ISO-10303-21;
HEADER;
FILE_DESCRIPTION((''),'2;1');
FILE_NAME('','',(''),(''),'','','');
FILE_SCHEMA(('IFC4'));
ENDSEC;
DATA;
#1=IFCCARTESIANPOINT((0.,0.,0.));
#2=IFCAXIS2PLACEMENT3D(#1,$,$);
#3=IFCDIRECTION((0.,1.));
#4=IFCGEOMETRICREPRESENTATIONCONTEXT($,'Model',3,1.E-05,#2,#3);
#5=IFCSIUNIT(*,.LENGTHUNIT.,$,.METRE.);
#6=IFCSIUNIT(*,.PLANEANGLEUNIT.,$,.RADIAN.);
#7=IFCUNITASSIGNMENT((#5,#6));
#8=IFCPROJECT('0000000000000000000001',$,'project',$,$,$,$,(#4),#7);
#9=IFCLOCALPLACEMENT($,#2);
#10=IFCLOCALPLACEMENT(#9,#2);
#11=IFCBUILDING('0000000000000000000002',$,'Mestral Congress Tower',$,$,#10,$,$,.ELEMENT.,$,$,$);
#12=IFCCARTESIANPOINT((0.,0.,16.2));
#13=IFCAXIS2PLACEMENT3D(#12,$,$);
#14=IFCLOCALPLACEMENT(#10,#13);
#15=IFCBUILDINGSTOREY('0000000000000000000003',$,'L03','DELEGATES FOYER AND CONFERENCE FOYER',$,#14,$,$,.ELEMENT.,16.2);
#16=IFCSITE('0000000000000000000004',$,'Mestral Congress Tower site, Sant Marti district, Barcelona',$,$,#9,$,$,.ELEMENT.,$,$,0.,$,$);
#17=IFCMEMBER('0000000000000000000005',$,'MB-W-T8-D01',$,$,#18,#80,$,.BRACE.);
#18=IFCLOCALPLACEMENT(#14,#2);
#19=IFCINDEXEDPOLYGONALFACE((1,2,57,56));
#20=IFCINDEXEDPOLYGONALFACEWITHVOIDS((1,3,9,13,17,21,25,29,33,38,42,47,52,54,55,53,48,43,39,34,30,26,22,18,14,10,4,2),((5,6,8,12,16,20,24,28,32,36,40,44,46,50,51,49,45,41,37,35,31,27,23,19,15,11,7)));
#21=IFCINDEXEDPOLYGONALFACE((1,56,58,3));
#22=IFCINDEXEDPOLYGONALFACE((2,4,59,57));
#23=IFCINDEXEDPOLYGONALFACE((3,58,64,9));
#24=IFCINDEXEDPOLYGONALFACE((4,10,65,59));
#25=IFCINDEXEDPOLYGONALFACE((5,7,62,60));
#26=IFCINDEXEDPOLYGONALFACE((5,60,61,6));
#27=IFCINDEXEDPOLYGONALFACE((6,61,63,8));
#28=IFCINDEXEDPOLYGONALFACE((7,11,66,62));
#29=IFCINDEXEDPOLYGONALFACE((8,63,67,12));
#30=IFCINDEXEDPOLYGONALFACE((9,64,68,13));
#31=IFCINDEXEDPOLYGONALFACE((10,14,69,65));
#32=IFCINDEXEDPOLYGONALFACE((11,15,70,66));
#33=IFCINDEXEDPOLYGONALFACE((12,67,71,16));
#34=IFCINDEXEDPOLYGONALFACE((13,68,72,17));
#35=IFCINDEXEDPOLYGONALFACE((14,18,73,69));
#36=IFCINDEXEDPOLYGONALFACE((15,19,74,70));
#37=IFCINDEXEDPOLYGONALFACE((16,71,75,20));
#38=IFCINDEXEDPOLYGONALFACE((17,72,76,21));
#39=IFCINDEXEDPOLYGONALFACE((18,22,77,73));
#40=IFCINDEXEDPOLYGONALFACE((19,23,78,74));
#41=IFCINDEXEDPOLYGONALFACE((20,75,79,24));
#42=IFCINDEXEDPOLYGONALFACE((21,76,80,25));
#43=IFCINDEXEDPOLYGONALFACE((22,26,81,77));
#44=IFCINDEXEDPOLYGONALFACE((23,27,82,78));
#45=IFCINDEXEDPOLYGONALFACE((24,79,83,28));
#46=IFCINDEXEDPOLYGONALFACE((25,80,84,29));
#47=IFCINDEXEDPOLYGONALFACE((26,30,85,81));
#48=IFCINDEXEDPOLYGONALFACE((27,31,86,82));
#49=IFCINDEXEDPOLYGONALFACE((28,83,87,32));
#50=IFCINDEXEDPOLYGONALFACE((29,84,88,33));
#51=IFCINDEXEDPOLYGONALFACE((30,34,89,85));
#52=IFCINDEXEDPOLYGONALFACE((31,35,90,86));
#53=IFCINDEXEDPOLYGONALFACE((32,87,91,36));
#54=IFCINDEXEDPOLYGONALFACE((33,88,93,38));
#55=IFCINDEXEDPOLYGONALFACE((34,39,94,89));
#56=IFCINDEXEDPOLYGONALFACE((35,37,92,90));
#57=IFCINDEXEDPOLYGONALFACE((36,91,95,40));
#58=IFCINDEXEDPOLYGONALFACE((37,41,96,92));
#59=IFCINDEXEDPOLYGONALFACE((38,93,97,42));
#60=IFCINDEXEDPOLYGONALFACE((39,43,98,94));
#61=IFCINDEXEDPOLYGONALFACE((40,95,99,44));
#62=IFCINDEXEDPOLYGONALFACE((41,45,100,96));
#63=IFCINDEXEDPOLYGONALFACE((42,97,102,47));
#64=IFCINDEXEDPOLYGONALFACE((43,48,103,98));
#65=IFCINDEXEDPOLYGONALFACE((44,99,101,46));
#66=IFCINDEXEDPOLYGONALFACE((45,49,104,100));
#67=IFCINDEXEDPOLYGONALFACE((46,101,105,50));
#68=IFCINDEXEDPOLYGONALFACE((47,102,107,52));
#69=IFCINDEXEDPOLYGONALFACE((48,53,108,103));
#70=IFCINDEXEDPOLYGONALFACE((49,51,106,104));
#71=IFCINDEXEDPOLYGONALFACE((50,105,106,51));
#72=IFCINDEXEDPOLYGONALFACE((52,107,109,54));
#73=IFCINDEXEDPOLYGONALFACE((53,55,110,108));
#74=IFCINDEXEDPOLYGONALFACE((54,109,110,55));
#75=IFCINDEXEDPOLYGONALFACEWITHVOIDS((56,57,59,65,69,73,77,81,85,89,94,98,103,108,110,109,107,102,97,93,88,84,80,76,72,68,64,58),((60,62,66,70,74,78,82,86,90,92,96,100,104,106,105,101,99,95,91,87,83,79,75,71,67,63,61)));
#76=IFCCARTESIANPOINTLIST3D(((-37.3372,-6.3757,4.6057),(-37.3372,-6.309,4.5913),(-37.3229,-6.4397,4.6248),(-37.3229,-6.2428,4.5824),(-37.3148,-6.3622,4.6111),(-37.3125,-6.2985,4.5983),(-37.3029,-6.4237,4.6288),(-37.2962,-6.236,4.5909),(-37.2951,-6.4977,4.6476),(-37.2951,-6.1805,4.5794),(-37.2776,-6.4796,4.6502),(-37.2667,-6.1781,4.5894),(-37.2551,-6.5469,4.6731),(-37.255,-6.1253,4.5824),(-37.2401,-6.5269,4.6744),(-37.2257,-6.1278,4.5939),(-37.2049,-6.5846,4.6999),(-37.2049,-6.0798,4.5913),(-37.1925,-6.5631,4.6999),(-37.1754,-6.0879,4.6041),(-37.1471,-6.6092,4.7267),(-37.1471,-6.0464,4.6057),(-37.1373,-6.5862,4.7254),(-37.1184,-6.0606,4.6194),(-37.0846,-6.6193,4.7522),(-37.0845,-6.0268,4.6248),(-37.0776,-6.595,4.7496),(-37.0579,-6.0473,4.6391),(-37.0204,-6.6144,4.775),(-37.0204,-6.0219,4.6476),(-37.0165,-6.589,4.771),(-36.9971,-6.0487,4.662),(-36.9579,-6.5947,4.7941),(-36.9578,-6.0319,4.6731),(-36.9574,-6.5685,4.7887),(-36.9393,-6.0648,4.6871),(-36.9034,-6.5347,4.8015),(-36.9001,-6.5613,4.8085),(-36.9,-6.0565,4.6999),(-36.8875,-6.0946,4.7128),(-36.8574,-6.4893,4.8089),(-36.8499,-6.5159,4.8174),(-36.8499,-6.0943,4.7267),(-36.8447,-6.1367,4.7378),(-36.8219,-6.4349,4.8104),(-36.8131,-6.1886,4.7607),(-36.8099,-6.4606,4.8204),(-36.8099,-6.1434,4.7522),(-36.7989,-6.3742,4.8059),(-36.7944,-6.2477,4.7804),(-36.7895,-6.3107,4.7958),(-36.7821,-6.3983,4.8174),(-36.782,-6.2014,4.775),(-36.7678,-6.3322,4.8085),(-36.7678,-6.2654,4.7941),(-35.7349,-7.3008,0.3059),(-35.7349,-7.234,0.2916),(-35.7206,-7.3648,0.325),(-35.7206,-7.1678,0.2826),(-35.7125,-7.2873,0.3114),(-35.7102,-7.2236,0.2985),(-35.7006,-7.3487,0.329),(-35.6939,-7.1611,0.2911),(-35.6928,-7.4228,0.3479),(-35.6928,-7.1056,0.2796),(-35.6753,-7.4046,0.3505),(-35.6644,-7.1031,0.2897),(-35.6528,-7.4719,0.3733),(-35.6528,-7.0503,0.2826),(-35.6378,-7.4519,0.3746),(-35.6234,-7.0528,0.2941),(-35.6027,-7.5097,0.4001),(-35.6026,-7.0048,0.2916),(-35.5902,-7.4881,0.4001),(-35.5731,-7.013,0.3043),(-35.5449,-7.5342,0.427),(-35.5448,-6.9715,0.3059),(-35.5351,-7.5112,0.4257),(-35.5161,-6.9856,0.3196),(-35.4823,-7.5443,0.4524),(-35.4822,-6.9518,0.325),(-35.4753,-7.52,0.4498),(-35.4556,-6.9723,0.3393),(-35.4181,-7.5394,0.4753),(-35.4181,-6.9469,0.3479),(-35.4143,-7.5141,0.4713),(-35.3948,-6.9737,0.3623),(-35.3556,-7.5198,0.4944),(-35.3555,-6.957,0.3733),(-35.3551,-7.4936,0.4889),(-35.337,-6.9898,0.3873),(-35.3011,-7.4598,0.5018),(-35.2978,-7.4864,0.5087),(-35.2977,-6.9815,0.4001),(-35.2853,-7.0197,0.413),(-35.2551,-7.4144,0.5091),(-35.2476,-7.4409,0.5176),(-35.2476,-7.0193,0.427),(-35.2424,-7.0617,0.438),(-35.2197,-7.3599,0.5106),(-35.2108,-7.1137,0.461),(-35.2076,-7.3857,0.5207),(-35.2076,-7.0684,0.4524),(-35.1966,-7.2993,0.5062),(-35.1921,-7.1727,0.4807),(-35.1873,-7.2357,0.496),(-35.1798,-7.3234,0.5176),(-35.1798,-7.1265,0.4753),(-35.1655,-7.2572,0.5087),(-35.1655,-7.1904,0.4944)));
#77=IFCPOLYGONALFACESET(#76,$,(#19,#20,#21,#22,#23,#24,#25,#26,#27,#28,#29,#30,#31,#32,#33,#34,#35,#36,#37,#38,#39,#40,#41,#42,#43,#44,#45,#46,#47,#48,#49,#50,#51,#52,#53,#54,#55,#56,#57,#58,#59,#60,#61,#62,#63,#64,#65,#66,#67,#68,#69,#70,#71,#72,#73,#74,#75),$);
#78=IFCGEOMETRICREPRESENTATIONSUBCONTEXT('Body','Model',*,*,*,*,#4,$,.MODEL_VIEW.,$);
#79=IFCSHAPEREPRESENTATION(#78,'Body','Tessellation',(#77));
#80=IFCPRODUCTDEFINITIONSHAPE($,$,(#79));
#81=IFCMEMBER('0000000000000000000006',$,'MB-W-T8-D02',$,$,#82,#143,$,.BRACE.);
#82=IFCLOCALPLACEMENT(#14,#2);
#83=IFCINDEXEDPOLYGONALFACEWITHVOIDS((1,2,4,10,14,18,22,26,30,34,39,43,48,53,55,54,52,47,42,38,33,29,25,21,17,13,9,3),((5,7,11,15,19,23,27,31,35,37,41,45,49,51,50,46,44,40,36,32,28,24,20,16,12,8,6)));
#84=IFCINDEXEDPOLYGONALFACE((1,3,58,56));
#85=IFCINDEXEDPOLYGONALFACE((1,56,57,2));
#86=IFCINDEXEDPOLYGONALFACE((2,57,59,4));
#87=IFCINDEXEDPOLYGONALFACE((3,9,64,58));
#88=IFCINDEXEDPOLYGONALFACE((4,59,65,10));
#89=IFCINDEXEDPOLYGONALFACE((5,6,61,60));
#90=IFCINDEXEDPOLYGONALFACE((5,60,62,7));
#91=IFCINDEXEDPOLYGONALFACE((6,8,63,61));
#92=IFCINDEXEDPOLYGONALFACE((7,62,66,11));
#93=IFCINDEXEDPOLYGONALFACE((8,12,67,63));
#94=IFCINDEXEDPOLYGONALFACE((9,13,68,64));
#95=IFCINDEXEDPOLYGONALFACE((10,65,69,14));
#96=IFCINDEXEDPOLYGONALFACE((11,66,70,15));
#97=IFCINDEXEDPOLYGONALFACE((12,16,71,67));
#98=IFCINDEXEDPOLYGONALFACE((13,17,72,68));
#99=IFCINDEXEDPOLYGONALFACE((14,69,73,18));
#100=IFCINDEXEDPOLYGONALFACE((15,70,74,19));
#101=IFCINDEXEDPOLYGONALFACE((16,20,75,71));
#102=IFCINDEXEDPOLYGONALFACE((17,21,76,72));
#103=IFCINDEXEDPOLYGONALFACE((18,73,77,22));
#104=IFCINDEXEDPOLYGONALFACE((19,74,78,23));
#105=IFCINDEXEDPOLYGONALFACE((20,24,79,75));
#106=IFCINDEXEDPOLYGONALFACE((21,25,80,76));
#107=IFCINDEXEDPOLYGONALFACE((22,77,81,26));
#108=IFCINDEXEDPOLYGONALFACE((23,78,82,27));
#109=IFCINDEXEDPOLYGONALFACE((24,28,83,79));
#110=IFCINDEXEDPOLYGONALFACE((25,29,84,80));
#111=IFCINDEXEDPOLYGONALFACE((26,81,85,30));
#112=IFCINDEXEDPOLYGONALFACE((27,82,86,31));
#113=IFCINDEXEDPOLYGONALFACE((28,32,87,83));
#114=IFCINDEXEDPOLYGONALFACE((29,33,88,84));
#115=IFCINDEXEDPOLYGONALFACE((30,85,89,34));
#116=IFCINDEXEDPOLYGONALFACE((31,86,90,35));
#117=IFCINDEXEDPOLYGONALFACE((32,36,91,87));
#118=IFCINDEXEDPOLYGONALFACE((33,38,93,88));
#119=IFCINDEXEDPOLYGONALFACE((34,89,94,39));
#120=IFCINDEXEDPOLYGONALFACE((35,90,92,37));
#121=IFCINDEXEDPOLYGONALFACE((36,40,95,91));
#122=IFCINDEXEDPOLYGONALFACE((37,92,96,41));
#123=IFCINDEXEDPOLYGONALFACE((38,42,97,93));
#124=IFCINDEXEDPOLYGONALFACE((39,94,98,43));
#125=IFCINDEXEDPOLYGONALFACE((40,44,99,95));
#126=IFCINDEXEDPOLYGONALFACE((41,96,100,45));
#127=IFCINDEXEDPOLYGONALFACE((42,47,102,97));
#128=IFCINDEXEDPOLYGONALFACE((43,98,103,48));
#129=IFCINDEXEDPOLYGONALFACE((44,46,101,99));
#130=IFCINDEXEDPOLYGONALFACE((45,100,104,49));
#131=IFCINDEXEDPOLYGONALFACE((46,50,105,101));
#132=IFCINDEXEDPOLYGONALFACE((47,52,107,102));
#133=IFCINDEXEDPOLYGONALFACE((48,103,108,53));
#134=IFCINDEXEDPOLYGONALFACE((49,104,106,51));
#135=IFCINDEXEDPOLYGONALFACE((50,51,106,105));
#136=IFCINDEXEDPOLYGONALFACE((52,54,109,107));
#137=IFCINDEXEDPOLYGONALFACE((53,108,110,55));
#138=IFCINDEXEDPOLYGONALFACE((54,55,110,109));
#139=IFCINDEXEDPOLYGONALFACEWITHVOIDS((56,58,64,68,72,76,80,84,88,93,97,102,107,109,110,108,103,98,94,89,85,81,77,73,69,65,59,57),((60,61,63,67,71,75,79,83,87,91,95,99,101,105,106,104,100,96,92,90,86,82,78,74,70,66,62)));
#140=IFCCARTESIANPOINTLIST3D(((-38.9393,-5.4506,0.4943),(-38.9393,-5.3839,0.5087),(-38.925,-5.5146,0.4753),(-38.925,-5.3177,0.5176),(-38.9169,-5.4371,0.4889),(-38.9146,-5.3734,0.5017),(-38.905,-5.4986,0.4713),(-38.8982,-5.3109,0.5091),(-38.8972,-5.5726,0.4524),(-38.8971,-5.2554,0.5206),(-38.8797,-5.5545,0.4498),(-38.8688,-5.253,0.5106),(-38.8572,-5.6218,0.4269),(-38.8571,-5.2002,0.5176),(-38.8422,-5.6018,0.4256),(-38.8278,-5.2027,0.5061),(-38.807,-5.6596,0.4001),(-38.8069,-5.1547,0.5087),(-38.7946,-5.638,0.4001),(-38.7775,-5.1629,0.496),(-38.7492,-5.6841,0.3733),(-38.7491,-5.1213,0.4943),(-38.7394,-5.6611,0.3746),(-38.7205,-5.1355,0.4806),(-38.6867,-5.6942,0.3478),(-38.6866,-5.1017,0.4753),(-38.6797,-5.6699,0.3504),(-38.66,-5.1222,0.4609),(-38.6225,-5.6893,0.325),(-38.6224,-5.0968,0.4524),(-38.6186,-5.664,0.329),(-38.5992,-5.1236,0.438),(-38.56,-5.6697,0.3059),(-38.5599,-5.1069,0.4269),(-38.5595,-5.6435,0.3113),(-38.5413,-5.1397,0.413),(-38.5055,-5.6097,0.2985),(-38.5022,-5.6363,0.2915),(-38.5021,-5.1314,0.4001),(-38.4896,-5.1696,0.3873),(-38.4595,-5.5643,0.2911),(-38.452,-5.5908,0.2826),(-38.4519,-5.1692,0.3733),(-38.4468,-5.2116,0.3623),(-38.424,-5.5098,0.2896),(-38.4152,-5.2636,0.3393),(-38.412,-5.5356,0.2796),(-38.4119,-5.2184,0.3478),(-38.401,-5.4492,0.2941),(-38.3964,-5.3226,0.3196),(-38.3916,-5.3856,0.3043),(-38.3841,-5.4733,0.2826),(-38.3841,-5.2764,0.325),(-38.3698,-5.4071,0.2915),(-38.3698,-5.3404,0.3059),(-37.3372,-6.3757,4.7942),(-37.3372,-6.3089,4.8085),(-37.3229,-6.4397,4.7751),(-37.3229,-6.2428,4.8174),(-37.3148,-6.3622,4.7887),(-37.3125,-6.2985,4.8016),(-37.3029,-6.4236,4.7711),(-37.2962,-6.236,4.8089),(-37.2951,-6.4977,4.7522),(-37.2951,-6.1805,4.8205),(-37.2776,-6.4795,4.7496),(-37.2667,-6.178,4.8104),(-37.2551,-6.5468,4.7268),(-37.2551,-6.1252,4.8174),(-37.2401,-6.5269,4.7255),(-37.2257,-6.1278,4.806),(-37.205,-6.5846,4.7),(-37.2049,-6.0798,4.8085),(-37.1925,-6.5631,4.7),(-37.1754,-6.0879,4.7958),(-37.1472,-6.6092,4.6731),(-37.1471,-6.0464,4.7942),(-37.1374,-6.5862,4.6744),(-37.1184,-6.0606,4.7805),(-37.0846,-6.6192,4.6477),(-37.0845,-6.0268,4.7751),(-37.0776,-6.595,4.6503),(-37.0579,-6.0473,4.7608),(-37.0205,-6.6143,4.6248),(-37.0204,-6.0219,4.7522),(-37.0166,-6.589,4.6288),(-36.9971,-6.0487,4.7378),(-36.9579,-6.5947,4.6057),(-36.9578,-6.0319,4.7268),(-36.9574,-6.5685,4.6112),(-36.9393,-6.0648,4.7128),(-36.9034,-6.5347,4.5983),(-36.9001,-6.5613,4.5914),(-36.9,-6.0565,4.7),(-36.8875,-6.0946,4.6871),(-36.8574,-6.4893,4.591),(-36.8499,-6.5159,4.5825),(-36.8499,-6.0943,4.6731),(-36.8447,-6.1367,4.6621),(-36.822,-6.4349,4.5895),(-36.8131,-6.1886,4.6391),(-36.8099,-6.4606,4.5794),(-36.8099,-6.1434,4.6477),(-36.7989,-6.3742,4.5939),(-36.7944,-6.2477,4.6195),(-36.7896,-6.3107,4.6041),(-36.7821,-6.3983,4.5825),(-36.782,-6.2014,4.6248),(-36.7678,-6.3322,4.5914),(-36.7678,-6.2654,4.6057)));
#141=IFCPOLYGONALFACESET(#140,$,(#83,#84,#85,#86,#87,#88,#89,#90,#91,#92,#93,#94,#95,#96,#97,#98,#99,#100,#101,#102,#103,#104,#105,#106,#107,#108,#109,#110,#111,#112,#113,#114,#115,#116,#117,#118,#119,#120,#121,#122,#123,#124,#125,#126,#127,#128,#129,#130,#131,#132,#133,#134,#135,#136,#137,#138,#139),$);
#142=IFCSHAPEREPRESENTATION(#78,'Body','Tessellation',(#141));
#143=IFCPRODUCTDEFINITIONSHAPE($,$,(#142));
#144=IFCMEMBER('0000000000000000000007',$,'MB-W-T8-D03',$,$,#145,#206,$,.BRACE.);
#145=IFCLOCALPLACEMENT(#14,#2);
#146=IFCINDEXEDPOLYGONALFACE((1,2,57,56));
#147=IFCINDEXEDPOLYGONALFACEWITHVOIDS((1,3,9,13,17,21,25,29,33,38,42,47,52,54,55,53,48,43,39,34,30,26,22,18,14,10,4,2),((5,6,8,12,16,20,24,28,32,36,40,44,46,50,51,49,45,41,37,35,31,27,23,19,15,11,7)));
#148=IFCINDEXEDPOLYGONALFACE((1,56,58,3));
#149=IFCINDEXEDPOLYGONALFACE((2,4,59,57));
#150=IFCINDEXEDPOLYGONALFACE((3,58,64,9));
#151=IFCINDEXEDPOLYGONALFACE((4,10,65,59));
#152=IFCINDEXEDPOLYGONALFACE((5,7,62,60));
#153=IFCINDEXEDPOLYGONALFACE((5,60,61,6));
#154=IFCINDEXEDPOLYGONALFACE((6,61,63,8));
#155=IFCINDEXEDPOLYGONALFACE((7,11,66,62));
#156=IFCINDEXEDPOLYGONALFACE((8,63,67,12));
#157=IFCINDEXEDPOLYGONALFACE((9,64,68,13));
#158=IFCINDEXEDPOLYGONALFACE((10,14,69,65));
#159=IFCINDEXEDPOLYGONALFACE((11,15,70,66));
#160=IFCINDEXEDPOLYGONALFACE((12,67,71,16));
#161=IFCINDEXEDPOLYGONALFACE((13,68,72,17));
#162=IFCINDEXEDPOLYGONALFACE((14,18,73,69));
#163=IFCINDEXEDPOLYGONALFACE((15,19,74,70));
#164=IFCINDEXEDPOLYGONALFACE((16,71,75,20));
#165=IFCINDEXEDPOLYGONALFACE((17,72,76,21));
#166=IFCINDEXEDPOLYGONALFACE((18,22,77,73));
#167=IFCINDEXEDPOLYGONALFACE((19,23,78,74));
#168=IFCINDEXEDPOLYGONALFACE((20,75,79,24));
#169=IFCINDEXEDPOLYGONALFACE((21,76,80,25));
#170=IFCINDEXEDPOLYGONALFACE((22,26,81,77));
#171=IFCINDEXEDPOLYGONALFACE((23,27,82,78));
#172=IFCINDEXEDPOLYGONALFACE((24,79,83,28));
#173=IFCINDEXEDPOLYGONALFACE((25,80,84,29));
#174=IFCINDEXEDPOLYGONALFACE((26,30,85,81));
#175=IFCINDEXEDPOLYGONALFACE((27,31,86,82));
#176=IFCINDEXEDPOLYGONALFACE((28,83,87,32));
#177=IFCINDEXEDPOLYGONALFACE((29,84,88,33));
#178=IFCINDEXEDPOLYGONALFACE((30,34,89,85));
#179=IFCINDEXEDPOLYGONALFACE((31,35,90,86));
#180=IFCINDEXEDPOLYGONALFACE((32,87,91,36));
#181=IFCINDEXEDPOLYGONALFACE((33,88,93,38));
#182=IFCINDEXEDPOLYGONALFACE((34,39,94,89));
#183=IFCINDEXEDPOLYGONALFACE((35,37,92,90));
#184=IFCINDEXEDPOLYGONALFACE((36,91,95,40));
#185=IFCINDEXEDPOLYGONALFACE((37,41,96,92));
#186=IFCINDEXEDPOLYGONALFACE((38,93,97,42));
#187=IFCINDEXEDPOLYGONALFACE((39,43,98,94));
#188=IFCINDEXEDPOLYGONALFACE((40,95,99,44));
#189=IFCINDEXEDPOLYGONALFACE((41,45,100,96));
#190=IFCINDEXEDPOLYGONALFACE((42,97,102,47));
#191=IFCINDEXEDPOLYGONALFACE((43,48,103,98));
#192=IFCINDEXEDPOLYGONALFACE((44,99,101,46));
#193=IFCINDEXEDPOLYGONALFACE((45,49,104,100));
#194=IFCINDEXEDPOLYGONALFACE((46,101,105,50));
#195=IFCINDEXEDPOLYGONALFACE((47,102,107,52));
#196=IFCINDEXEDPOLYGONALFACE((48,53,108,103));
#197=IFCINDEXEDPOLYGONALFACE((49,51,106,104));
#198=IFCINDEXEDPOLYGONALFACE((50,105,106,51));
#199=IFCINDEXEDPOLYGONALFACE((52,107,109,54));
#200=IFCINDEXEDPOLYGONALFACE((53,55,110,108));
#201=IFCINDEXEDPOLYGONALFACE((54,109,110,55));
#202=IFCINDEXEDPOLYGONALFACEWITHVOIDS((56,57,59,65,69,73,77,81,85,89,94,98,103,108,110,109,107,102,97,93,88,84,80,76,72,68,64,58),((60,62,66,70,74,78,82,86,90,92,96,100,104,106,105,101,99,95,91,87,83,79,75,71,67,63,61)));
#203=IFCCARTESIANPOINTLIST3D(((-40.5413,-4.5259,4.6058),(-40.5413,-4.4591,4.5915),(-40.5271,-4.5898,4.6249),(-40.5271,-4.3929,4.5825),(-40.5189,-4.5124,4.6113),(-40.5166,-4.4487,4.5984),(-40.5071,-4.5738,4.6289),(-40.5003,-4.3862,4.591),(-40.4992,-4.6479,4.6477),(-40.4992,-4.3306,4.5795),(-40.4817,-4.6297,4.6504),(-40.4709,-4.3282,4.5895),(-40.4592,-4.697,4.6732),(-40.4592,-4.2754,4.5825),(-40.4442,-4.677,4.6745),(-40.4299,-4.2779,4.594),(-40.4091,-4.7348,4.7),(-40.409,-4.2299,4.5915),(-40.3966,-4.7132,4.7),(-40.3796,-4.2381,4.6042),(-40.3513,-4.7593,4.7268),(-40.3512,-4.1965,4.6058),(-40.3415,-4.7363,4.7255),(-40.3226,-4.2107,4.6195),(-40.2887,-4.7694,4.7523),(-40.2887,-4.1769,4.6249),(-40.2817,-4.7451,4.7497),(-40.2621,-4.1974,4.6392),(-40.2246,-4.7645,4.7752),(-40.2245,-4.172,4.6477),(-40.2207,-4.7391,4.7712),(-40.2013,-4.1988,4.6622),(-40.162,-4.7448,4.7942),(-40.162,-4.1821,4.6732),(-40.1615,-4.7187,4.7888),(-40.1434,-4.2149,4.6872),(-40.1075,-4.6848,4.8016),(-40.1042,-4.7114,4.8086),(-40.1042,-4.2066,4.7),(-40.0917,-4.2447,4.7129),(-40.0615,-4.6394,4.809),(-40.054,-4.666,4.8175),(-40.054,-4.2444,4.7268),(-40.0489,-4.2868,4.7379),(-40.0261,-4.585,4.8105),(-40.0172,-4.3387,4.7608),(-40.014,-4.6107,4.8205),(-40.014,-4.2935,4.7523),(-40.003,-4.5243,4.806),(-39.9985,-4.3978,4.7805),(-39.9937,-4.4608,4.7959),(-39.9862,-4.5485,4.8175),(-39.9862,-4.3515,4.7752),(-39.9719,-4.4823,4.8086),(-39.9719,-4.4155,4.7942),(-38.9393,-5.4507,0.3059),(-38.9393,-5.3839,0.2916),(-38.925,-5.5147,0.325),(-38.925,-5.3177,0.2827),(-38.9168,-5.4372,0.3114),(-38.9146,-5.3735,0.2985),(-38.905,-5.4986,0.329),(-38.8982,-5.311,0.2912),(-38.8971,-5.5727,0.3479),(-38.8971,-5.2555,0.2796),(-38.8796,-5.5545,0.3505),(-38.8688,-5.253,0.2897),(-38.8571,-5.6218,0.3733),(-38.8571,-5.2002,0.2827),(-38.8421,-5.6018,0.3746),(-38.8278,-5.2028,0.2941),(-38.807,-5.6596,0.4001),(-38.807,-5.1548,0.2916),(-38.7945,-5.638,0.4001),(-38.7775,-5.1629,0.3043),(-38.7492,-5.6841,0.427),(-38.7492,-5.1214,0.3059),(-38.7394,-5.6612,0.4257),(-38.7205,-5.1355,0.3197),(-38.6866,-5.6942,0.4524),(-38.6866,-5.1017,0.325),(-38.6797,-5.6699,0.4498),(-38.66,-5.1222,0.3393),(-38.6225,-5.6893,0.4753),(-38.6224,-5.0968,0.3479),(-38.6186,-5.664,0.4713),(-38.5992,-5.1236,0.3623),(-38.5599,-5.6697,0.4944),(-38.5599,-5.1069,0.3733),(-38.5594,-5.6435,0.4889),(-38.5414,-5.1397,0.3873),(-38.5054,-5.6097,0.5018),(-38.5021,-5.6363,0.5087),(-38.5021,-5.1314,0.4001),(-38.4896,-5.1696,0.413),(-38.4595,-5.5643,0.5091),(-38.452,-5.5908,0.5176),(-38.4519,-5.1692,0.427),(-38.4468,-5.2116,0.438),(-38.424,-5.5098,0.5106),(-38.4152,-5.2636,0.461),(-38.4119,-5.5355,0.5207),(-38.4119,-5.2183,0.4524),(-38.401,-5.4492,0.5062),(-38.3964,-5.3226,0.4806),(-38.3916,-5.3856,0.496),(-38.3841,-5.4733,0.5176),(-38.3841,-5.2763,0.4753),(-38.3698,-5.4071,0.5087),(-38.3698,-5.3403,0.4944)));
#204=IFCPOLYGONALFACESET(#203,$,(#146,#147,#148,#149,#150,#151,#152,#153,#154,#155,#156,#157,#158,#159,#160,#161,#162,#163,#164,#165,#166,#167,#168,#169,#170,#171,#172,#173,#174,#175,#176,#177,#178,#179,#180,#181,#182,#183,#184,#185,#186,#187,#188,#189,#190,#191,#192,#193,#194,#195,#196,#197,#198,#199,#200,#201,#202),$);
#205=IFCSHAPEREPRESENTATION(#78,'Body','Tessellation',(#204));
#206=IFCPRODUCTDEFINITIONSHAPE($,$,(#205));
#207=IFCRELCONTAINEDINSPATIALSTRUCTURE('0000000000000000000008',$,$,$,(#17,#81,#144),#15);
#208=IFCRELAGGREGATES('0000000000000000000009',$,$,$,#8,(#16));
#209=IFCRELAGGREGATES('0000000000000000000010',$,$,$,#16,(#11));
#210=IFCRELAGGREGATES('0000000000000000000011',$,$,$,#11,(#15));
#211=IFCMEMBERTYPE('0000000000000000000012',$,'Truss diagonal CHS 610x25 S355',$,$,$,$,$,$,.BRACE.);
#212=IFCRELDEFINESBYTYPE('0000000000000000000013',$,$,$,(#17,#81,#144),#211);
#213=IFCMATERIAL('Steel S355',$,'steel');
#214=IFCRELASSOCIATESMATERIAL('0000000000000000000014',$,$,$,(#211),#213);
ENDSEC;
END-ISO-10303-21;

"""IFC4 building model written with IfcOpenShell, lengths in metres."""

from ifc_helpers import new_model, si_unit, direction, frame, origin, origin_2d, place, context, subcontext, project, spatial, hollow_circle, extrude, material, material_profile, profile_set, type_object, element, save


model = new_model("IFC4")

# Units and contexts
model_context = context("Model", 3, precision=1e-05, world=origin(), true_north=direction((0.0, 1.0)))
body_context = subcontext(model_context, "Body", "Model", "MODEL_VIEW")
ifc_project = project(units=[si_unit("LENGTHUNIT", "METRE"), si_unit("PLANEANGLEUNIT", "RADIAN")], contexts=[model_context])

# Site, building, storey
site_placement = place(None, origin())
site = spatial("IfcSite", under=ifc_project, at=site_placement, Name="Mestral Congress Tower site, Sant Marti district, Barcelona", CompositionType="ELEMENT", RefElevation=0.0)
building_placement = place(site_placement, origin())
building = spatial("IfcBuilding", under=site, at=building_placement, Name="Mestral Congress Tower", CompositionType="ELEMENT")
storey_placement = place(building_placement, frame((0.0, 0.0, 16.2)))
storey = spatial("IfcBuildingStorey", under=building, at=storey_placement, Name="L03", Description="DELEGATES FOYER AND CONFERENCE FOYER", CompositionType="ELEMENT", Elevation=16.2)

# Shared definitions
ifc_material_1 = material(Name="Steel S355", Category="steel")

# Members
ifc_material_profile_1 = material_profile(ifc_material_1, hollow_circle(Radius=0.3049, WallThickness=0.0249, at=origin_2d()), Name="CHS 610x25")
ifc_profile_set_1 = profile_set([ifc_material_profile_1], Name="Steel S355")
member_type_1 = type_object("IfcMemberType", Name="Truss diagonal CHS 610x25 S355", PredefinedType="BRACE", material=ifc_profile_set_1)
for number, where, z_axis, x_axis, name in (
    (1, (-35.4502, -7.2456, 0.4001), (-0.342301, 0.197619, 0.918573), (-0.499985, -0.866034, 0.0), "MB-W-T8-D01"),
    (2, (-37.0525, -6.3206, 4.7), (-0.342254, 0.197623, -0.91859), (-0.500042, -0.866001, 0.0), "MB-W-T8-D02"),
    (3, (-38.6545, -5.3955, 0.4001), (-0.342258, 0.197573, 0.918599), (-0.499943, -0.866058, 0.0), "MB-W-T8-D03"),
):
    element("IfcMember", number, at=place(storey_placement, frame(where, z_axis=z_axis, x_axis=x_axis)), inside=storey, type_object=member_type_1, Name=name, PredefinedType="BRACE", context=body_context, shape_type="SweptSolid", body=[
        extrude(hollow_circle(Radius=0.3049, WallThickness=0.0249, at=origin_2d()), origin(), (0.0, 0.0, 1.0), 4.6809),
    ])

save(model, "model.ifc")
